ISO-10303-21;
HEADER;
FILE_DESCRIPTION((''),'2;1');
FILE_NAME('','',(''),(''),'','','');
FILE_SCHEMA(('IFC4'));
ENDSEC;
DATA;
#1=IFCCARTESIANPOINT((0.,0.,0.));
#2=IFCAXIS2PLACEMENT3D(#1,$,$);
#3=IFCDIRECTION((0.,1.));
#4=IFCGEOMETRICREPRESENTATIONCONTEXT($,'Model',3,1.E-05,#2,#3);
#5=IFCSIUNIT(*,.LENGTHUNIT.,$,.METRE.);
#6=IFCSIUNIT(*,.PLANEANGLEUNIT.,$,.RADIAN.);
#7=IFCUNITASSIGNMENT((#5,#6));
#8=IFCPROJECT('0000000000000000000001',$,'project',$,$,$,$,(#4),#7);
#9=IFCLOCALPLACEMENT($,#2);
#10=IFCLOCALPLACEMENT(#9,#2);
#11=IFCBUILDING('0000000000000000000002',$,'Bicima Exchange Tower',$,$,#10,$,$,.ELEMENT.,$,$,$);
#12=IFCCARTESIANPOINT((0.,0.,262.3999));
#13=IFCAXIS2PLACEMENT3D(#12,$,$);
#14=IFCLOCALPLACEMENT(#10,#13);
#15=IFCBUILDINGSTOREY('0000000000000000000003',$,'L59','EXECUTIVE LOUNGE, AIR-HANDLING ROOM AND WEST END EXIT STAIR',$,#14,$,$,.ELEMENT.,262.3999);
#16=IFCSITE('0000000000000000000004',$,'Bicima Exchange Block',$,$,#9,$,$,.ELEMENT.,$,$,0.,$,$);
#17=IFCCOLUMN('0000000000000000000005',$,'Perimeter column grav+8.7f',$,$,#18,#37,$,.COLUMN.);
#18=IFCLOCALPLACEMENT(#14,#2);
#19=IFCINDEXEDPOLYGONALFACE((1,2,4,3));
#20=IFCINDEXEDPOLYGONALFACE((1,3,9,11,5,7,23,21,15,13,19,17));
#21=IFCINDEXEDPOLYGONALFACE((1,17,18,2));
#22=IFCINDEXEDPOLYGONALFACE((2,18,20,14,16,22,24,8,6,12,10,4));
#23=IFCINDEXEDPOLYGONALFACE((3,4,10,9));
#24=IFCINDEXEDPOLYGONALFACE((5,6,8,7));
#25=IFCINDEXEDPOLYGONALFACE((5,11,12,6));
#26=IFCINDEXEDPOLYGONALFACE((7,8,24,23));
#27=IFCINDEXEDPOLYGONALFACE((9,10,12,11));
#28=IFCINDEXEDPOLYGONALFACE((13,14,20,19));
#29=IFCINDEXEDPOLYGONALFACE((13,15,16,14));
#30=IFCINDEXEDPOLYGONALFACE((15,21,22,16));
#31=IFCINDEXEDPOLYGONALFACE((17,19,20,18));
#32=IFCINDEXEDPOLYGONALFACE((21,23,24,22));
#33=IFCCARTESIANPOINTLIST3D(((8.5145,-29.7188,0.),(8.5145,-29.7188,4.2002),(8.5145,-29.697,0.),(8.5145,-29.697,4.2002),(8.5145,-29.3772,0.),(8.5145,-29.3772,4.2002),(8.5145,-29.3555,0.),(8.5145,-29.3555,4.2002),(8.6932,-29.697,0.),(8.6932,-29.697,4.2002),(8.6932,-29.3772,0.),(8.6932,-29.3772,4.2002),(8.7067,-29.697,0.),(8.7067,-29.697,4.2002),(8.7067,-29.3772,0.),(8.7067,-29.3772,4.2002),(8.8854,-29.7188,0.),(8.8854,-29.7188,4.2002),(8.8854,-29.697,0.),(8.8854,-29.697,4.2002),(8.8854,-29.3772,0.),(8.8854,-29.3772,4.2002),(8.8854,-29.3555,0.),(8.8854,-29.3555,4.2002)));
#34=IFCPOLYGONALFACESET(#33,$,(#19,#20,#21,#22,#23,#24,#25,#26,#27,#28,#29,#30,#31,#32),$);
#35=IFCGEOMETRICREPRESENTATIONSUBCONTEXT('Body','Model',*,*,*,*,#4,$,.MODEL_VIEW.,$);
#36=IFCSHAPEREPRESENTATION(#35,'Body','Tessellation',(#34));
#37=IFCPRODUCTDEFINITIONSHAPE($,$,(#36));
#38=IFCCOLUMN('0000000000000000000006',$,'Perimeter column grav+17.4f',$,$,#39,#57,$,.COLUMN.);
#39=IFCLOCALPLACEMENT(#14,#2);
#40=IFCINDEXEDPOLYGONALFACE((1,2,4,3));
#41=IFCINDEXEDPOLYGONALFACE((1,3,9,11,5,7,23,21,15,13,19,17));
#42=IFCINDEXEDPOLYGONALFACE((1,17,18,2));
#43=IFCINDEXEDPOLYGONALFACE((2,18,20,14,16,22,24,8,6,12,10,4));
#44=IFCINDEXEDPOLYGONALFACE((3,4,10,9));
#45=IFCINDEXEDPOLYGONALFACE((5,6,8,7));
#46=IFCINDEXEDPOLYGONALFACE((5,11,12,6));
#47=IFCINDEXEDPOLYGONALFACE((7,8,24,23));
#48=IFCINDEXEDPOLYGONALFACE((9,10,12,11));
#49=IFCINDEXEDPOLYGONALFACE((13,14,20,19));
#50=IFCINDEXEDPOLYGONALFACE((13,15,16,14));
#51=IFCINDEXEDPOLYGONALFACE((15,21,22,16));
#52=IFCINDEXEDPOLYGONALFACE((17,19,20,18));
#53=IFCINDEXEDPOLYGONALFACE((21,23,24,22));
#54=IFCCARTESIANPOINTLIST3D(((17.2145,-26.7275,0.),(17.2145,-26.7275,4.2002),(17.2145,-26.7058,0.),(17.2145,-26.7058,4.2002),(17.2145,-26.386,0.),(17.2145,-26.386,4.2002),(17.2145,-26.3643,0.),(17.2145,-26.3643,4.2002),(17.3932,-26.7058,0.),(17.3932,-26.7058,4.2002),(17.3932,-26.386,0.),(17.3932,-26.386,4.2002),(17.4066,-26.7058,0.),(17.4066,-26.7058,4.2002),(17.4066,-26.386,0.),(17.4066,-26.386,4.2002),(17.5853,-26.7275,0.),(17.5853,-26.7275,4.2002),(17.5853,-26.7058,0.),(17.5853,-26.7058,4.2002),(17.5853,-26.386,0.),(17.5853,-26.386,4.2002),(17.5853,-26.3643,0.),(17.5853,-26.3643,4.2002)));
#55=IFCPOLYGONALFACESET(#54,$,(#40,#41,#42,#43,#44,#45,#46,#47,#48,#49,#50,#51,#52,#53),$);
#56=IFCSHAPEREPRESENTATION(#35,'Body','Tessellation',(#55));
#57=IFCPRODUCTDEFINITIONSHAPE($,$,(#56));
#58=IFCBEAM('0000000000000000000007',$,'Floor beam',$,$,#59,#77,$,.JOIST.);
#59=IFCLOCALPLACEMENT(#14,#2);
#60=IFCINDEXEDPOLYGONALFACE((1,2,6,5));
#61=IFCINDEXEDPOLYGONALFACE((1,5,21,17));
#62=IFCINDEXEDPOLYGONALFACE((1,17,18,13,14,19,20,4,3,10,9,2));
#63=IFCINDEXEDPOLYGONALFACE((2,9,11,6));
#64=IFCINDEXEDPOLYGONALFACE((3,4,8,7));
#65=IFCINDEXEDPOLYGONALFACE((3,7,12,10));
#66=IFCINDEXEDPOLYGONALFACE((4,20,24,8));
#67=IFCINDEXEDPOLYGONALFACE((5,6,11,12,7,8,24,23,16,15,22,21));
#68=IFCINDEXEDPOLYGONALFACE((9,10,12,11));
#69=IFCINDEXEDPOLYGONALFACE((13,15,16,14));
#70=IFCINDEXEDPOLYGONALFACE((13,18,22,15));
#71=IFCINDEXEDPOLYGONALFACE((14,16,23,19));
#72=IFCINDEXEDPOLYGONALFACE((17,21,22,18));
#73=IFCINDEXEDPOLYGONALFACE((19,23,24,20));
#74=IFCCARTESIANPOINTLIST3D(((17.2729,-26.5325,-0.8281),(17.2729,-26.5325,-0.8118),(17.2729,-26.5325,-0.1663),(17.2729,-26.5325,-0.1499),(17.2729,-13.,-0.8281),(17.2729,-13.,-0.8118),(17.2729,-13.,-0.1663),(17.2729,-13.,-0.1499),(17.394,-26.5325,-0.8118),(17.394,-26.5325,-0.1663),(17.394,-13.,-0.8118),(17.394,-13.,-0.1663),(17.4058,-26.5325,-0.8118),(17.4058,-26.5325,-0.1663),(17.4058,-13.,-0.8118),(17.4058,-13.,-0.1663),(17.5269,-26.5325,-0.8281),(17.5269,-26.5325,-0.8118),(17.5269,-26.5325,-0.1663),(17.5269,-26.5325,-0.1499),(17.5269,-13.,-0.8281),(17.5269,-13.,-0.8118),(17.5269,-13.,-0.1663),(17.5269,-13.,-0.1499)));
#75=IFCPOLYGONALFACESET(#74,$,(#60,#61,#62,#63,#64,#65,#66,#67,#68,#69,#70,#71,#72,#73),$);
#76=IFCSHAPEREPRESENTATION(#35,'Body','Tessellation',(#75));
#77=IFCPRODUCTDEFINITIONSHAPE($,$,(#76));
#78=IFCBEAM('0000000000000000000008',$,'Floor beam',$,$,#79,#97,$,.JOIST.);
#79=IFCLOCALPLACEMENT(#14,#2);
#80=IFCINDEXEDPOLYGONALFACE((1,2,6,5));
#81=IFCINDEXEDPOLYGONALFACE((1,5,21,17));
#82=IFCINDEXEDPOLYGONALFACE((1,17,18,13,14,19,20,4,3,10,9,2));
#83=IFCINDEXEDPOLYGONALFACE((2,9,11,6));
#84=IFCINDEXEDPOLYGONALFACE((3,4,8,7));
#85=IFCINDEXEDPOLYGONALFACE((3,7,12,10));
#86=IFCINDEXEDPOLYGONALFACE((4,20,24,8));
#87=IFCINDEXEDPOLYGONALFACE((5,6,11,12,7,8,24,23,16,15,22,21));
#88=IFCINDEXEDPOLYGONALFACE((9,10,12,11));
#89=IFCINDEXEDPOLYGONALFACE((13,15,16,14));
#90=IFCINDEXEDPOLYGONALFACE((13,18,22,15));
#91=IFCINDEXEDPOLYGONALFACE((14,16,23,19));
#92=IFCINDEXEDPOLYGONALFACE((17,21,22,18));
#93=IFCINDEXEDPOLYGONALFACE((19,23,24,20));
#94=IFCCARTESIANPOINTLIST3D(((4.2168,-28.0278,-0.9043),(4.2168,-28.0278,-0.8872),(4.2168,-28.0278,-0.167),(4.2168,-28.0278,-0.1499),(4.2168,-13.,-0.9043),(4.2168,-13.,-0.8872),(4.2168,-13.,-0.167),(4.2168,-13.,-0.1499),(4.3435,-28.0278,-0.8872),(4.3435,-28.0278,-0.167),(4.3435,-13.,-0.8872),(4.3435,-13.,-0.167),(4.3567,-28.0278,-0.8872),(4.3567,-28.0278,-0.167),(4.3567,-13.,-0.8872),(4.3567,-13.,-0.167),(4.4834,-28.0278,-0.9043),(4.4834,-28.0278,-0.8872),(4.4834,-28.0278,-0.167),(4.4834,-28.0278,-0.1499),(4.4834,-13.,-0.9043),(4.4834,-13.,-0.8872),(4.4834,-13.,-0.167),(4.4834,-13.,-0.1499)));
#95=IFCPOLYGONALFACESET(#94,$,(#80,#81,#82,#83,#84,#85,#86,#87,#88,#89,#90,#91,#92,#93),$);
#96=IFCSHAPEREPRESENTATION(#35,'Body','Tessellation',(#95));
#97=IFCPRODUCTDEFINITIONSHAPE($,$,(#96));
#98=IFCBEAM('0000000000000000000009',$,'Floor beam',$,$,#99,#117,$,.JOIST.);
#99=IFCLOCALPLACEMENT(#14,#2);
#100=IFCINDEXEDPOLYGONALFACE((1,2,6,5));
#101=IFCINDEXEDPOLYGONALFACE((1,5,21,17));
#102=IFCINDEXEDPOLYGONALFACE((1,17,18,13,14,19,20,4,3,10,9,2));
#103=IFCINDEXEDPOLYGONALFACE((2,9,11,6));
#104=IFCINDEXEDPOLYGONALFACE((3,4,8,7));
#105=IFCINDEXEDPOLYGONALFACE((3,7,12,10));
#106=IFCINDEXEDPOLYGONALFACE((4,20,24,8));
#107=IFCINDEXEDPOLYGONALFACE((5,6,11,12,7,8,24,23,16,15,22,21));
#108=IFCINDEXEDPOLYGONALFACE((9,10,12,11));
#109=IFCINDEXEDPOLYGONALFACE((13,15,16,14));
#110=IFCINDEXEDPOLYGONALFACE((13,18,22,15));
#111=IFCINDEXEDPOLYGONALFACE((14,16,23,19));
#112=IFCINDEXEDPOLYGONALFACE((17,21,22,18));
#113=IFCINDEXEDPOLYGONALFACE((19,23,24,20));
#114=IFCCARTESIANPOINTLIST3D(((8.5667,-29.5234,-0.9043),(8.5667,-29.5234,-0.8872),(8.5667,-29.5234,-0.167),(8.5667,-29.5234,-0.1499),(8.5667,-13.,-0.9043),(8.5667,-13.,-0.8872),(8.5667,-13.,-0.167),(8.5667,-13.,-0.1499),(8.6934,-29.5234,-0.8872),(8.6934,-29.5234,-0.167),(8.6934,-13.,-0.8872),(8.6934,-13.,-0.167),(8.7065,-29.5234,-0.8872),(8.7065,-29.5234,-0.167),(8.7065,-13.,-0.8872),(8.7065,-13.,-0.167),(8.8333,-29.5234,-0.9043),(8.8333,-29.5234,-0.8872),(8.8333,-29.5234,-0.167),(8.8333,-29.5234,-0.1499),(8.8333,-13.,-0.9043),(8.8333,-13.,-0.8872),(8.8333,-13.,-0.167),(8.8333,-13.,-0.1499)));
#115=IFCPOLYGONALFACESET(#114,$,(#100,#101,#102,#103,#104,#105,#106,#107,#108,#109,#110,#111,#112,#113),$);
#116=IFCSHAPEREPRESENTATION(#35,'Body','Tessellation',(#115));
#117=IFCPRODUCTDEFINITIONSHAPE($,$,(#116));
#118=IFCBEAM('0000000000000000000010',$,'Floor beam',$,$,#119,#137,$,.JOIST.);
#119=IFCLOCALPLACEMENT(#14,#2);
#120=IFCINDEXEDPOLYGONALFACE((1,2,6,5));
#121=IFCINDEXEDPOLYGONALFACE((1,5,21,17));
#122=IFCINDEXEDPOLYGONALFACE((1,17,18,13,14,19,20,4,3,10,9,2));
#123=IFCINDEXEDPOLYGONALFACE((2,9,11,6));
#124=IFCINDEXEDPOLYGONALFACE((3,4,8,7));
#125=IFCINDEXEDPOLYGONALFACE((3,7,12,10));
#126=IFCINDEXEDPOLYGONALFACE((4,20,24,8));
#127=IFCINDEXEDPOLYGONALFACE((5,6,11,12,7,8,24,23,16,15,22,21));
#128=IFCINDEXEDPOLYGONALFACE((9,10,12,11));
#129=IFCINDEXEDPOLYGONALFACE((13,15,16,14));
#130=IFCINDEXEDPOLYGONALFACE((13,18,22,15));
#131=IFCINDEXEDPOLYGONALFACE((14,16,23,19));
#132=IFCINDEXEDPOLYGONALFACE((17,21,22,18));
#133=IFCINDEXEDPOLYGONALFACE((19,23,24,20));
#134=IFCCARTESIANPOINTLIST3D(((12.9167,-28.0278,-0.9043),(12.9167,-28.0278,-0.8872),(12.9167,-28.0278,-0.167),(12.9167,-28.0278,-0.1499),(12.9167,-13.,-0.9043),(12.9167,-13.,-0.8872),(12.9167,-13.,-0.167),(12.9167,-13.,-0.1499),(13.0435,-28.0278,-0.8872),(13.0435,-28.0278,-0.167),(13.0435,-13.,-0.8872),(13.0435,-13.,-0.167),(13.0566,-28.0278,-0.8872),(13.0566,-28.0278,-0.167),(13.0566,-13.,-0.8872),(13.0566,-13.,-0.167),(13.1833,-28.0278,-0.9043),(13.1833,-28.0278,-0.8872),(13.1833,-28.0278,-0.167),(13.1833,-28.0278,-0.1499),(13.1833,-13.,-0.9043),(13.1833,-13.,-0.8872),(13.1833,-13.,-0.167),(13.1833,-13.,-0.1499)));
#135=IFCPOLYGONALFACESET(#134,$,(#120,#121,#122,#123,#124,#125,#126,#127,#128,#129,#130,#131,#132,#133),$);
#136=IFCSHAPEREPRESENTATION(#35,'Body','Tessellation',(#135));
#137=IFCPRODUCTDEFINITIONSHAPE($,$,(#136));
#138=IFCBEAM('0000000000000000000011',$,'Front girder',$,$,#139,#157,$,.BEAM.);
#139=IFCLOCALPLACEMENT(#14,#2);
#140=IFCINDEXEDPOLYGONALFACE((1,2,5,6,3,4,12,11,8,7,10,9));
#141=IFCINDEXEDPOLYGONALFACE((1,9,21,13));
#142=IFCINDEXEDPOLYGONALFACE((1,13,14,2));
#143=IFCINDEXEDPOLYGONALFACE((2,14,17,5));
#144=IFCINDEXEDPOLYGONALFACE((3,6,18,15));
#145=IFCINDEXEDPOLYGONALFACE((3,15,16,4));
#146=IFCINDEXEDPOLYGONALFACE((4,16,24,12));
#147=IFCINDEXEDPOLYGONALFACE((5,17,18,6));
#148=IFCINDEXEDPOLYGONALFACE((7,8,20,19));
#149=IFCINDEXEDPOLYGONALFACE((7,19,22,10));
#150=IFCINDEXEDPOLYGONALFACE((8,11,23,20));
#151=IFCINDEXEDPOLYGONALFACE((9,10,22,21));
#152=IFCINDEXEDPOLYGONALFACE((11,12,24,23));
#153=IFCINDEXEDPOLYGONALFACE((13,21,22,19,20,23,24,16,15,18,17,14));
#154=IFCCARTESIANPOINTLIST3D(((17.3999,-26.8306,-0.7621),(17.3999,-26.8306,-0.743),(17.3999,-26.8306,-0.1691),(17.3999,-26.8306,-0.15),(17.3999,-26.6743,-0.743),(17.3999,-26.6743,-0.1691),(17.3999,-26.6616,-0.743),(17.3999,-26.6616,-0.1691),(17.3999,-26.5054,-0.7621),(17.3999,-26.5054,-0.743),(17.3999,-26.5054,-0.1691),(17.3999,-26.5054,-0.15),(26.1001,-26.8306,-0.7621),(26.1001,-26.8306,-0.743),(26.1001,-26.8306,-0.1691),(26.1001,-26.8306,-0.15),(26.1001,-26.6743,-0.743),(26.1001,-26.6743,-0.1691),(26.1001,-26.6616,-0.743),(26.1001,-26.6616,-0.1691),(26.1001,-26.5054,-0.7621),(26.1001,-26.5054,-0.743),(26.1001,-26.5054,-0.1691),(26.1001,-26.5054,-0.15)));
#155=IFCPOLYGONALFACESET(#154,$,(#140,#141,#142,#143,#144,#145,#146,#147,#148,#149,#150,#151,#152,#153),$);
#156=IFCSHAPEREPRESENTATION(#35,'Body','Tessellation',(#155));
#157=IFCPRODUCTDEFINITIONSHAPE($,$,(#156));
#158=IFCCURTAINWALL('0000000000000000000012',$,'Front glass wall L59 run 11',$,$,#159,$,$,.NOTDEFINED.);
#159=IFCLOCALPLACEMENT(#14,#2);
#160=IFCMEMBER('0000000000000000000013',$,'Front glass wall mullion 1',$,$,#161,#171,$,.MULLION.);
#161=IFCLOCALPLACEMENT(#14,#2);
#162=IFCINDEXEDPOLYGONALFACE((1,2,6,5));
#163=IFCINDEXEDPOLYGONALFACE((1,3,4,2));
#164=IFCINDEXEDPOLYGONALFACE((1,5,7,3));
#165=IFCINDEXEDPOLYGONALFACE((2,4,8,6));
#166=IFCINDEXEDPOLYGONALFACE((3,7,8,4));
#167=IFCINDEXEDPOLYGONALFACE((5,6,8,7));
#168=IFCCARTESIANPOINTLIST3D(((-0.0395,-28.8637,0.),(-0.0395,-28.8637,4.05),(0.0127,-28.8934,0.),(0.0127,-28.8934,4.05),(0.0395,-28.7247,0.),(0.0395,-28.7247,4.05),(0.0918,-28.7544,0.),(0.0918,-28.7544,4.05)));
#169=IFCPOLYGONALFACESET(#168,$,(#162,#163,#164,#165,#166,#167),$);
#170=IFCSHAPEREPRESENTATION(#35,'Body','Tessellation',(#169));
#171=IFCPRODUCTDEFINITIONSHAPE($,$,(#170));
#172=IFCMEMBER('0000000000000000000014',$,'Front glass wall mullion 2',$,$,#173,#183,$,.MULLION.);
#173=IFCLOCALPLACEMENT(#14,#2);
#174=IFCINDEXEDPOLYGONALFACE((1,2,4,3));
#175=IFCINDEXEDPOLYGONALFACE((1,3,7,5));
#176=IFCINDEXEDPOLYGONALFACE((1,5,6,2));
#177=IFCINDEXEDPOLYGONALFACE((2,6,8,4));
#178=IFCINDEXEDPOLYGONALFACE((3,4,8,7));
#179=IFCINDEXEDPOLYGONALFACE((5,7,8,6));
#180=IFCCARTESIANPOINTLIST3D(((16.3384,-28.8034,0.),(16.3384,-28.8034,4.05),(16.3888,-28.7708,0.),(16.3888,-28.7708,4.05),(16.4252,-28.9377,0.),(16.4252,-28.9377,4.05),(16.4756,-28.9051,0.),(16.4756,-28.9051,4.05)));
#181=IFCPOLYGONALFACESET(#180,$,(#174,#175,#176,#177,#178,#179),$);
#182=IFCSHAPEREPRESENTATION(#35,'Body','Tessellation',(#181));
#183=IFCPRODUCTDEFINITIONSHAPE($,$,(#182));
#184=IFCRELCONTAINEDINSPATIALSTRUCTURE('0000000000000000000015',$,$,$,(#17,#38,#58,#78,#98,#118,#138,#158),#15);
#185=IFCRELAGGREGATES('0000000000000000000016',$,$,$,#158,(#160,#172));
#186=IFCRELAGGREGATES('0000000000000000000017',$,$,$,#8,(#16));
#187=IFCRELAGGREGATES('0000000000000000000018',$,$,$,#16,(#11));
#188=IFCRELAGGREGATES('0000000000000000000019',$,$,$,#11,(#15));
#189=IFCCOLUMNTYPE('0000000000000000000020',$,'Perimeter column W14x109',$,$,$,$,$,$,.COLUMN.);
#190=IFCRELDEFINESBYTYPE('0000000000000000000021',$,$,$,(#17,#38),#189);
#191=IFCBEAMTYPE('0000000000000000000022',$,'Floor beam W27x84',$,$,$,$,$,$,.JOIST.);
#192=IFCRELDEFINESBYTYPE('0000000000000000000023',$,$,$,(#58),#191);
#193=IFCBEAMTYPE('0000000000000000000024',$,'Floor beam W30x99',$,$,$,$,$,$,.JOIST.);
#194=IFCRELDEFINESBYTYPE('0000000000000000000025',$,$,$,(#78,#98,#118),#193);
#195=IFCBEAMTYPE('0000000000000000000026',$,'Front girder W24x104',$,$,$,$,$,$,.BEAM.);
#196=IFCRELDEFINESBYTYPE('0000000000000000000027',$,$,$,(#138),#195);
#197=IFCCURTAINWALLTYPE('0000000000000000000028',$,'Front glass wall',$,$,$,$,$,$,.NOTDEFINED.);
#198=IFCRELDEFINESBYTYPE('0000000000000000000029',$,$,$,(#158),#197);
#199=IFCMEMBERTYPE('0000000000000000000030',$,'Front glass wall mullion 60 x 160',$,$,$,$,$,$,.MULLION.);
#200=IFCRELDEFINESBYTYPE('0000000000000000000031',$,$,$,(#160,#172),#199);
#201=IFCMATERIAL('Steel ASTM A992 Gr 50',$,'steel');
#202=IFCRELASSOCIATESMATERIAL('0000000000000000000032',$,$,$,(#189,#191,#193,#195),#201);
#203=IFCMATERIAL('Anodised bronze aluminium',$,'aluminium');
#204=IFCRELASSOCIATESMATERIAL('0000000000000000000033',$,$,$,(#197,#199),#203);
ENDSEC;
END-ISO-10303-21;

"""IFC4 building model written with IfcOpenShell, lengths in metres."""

from ifc_helpers import new_model, si_unit, direction, frame, origin, origin_2d, place, context, subcontext, project, spatial, rectangle, i_section, extrude, material, material_profile, profile_set, type_object, element, aggregate, save


model = new_model("IFC4")

# Units and contexts
model_context = context("Model", 3, precision=1e-05, world=origin(), true_north=direction((0.0, 1.0)))
body_context = subcontext(model_context, "Body", "Model", "MODEL_VIEW")
ifc_project = project(units=[si_unit("LENGTHUNIT", "METRE"), si_unit("PLANEANGLEUNIT", "RADIAN")], contexts=[model_context])

# Site, building, storey
site_placement = place(None, origin())
site = spatial("IfcSite", under=ifc_project, at=site_placement, Name="Bicima Exchange Block", CompositionType="ELEMENT", RefElevation=0.0)
building_placement = place(site_placement, origin())
building = spatial("IfcBuilding", under=site, at=building_placement, Name="Bicima Exchange Tower", CompositionType="ELEMENT")
storey_placement = place(building_placement, frame((0.0, 0.0, 262.3999)))
storey = spatial("IfcBuildingStorey", under=building, at=storey_placement, Name="L59", Description="EXECUTIVE LOUNGE, AIR-HANDLING ROOM AND WEST END EXIT STAIR", CompositionType="ELEMENT", Elevation=262.3999)

# Columns
ifc_material_1 = material(Name="Steel ASTM A992 Gr 50", Category="steel")
ifc_material_profile_1 = material_profile(ifc_material_1, i_section(OverallWidth=0.3708, OverallDepth=0.3633, WebThickness=0.0134, FlangeThickness=0.0217, at=origin_2d()))
ifc_profile_set_1 = profile_set([ifc_material_profile_1], Name="Steel ASTM A992 Gr 50")
column_type = type_object("IfcColumnType", Name="Perimeter column W14x109", PredefinedType="COLUMN", material=ifc_profile_set_1)
for number, where, z_axis, x_axis, name in (
    (1, (8.7, -29.5371, 0.0), (0.0, 0.0, 1.0), (1.0, 0.0, 0.0), "Perimeter column grav+8.7f"),
    (2, (17.3999, -26.5459, 0.0), (0.0, 0.0, 1.0), (1.0, 0.0, 0.0), "Perimeter column grav+17.4f"),
):
    element("IfcColumn", number, at=place(storey_placement, frame(where, z_axis=z_axis, x_axis=x_axis)), inside=storey, type_object=column_type, Name=name, PredefinedType="COLUMN", context=body_context, shape_type="SweptSolid", body=[
        extrude(i_section(OverallWidth=0.3708, OverallDepth=0.3633, WebThickness=0.0134, FlangeThickness=0.0217, at=origin_2d()), origin(), (0.0, 0.0, 1.0), 4.2002),
    ])

# Beams
ifc_material_profile_2 = material_profile(ifc_material_1, i_section(OverallWidth=0.2539, OverallDepth=0.6782, WebThickness=0.0117, FlangeThickness=0.0164, at=origin_2d()))
ifc_profile_set_2 = profile_set([ifc_material_profile_2], Name="Steel ASTM A992 Gr 50")
beam_type_1 = type_object("IfcBeamType", Name="Floor beam W27x84", PredefinedType="JOIST", material=ifc_profile_set_2)
beam_1_placement = place(storey_placement, frame((17.3999, -13.0, -0.489), z_axis=(0.0, -1.0, 0.0), x_axis=(1.0, 0.0, 0.0)))
element("IfcBeam", 3, at=beam_1_placement, inside=storey, type_object=beam_type_1, Name="Floor beam", PredefinedType="JOIST", context=body_context, shape_type="SweptSolid", body=[
    extrude(i_section(OverallWidth=0.2539, OverallDepth=0.6782, WebThickness=0.0117, FlangeThickness=0.0164, at=origin_2d()), origin(), (0.0, 0.0, 1.0), 13.5325),
])
ifc_material_profile_3 = material_profile(ifc_material_1, i_section(OverallWidth=0.2666, OverallDepth=0.7544, WebThickness=0.0132, FlangeThickness=0.0171, at=origin_2d()))
ifc_profile_set_3 = profile_set([ifc_material_profile_3], Name="Steel ASTM A992 Gr 50")
beam_type_2 = type_object("IfcBeamType", Name="Floor beam W30x99", PredefinedType="JOIST", material=ifc_profile_set_3)
beam_2_placement = place(storey_placement, frame((4.3501, -13.0, -0.5271), z_axis=(0.0, -1.0, 0.0), x_axis=(1.0, 0.0, 0.0)))
element("IfcBeam", 4, at=beam_2_placement, inside=storey, type_object=beam_type_2, Name="Floor beam", PredefinedType="JOIST", context=body_context, shape_type="SweptSolid", body=[
    extrude(i_section(OverallWidth=0.2666, OverallDepth=0.7544, WebThickness=0.0132, FlangeThickness=0.0171, at=origin_2d()), origin(), (0.0, 0.0, 1.0), 15.0278),
])
beam_3_placement = place(storey_placement, frame((8.7, -13.0, -0.5271), z_axis=(0.0, -1.0, 0.0), x_axis=(1.0, 0.0, 0.0)))
element("IfcBeam", 5, at=beam_3_placement, inside=storey, type_object=beam_type_2, Name="Floor beam", PredefinedType="JOIST", context=body_context, shape_type="SweptSolid", body=[
    extrude(i_section(OverallWidth=0.2666, OverallDepth=0.7544, WebThickness=0.0132, FlangeThickness=0.0171, at=origin_2d()), origin(), (0.0, 0.0, 1.0), 16.5234),
])
beam_4_placement = place(storey_placement, frame((13.05, -13.0, -0.5271), z_axis=(0.0, -1.0, 0.0), x_axis=(1.0, 0.0, 0.0)))
element("IfcBeam", 6, at=beam_4_placement, inside=storey, type_object=beam_type_2, Name="Floor beam", PredefinedType="JOIST", context=body_context, shape_type="SweptSolid", body=[
    extrude(i_section(OverallWidth=0.2666, OverallDepth=0.7544, WebThickness=0.0132, FlangeThickness=0.0171, at=origin_2d()), origin(), (0.0, 0.0, 1.0), 15.0278),
])
ifc_material_profile_4 = material_profile(ifc_material_1, i_section(OverallWidth=0.3252, OverallDepth=0.6121, WebThickness=0.0127, FlangeThickness=0.019, at=origin_2d()))
ifc_profile_set_4 = profile_set([ifc_material_profile_4], Name="Steel ASTM A992 Gr 50")
beam_type_3 = type_object("IfcBeamType", Name="Front girder W24x104", PredefinedType="BEAM", material=ifc_profile_set_4)
beam_5_placement = place(storey_placement, frame((17.3999, -26.668, -0.4561), z_axis=(1.0, 0.0, 0.0), x_axis=(0.0, 1.0, 0.0)))
element("IfcBeam", 7, at=beam_5_placement, inside=storey, type_object=beam_type_3, Name="Front girder", PredefinedType="BEAM", context=body_context, shape_type="SweptSolid", body=[
    extrude(i_section(OverallWidth=0.3252, OverallDepth=0.6121, WebThickness=0.0127, FlangeThickness=0.019, at=origin_2d()), origin(), (0.0, 0.0, 1.0), 8.7002),
])

# Curtain wall, members
ifc_material_2 = material(Name="Anodised bronze aluminium", Category="aluminium")
curtain_wall_type = type_object("IfcCurtainWallType", Name="Front glass wall", PredefinedType="NOTDEFINED", material=ifc_material_2)
curtain_wall_1_placement = place(storey_placement, origin())
curtain_wall_1 = element("IfcCurtainWall", 8, at=curtain_wall_1_placement, inside=storey, type_object=curtain_wall_type, Name="Front glass wall L59 run 11", PredefinedType="NOTDEFINED")
ifc_material_profile_5 = material_profile(ifc_material_2, rectangle(XDim=0.1599, YDim=0.0601, at=origin_2d()))
ifc_profile_set_5 = profile_set([ifc_material_profile_5], Name="Anodised bronze aluminium")
member_type_1 = type_object("IfcMemberType", Name="Front glass wall mullion 60 x 160", PredefinedType="MULLION", material=ifc_profile_set_5)
member_1_placement = place(storey_placement, frame((0.0261, -28.8091, 0.0), z_axis=(0.0, 0.0, 1.0), x_axis=(0.49433, 0.869274, 0.0)))
member_1 = element("IfcMember", 9, at=member_1_placement, type_object=member_type_1, Name="Front glass wall mullion 1", PredefinedType="MULLION", context=body_context, shape_type="SweptSolid", body=[
    extrude(rectangle(XDim=0.1599, YDim=0.0601, at=origin_2d()), origin(), (0.0, 0.0, 1.0), 4.05),
])
member_2_placement = place(storey_placement, frame((16.407, -28.8542, 0.0), z_axis=(0.0, 0.0, 1.0), x_axis=(-0.542909, 0.839791, 0.0)))
member_2 = element("IfcMember", 10, at=member_2_placement, type_object=member_type_1, Name="Front glass wall mullion 2", PredefinedType="MULLION", context=body_context, shape_type="SweptSolid", body=[
    extrude(rectangle(XDim=0.1599, YDim=0.0601, at=origin_2d()), origin(), (0.0, 0.0, 1.0), 4.05),
])

aggregate(curtain_wall_1, [member_1, member_2])

save(model, "model.ifc")
